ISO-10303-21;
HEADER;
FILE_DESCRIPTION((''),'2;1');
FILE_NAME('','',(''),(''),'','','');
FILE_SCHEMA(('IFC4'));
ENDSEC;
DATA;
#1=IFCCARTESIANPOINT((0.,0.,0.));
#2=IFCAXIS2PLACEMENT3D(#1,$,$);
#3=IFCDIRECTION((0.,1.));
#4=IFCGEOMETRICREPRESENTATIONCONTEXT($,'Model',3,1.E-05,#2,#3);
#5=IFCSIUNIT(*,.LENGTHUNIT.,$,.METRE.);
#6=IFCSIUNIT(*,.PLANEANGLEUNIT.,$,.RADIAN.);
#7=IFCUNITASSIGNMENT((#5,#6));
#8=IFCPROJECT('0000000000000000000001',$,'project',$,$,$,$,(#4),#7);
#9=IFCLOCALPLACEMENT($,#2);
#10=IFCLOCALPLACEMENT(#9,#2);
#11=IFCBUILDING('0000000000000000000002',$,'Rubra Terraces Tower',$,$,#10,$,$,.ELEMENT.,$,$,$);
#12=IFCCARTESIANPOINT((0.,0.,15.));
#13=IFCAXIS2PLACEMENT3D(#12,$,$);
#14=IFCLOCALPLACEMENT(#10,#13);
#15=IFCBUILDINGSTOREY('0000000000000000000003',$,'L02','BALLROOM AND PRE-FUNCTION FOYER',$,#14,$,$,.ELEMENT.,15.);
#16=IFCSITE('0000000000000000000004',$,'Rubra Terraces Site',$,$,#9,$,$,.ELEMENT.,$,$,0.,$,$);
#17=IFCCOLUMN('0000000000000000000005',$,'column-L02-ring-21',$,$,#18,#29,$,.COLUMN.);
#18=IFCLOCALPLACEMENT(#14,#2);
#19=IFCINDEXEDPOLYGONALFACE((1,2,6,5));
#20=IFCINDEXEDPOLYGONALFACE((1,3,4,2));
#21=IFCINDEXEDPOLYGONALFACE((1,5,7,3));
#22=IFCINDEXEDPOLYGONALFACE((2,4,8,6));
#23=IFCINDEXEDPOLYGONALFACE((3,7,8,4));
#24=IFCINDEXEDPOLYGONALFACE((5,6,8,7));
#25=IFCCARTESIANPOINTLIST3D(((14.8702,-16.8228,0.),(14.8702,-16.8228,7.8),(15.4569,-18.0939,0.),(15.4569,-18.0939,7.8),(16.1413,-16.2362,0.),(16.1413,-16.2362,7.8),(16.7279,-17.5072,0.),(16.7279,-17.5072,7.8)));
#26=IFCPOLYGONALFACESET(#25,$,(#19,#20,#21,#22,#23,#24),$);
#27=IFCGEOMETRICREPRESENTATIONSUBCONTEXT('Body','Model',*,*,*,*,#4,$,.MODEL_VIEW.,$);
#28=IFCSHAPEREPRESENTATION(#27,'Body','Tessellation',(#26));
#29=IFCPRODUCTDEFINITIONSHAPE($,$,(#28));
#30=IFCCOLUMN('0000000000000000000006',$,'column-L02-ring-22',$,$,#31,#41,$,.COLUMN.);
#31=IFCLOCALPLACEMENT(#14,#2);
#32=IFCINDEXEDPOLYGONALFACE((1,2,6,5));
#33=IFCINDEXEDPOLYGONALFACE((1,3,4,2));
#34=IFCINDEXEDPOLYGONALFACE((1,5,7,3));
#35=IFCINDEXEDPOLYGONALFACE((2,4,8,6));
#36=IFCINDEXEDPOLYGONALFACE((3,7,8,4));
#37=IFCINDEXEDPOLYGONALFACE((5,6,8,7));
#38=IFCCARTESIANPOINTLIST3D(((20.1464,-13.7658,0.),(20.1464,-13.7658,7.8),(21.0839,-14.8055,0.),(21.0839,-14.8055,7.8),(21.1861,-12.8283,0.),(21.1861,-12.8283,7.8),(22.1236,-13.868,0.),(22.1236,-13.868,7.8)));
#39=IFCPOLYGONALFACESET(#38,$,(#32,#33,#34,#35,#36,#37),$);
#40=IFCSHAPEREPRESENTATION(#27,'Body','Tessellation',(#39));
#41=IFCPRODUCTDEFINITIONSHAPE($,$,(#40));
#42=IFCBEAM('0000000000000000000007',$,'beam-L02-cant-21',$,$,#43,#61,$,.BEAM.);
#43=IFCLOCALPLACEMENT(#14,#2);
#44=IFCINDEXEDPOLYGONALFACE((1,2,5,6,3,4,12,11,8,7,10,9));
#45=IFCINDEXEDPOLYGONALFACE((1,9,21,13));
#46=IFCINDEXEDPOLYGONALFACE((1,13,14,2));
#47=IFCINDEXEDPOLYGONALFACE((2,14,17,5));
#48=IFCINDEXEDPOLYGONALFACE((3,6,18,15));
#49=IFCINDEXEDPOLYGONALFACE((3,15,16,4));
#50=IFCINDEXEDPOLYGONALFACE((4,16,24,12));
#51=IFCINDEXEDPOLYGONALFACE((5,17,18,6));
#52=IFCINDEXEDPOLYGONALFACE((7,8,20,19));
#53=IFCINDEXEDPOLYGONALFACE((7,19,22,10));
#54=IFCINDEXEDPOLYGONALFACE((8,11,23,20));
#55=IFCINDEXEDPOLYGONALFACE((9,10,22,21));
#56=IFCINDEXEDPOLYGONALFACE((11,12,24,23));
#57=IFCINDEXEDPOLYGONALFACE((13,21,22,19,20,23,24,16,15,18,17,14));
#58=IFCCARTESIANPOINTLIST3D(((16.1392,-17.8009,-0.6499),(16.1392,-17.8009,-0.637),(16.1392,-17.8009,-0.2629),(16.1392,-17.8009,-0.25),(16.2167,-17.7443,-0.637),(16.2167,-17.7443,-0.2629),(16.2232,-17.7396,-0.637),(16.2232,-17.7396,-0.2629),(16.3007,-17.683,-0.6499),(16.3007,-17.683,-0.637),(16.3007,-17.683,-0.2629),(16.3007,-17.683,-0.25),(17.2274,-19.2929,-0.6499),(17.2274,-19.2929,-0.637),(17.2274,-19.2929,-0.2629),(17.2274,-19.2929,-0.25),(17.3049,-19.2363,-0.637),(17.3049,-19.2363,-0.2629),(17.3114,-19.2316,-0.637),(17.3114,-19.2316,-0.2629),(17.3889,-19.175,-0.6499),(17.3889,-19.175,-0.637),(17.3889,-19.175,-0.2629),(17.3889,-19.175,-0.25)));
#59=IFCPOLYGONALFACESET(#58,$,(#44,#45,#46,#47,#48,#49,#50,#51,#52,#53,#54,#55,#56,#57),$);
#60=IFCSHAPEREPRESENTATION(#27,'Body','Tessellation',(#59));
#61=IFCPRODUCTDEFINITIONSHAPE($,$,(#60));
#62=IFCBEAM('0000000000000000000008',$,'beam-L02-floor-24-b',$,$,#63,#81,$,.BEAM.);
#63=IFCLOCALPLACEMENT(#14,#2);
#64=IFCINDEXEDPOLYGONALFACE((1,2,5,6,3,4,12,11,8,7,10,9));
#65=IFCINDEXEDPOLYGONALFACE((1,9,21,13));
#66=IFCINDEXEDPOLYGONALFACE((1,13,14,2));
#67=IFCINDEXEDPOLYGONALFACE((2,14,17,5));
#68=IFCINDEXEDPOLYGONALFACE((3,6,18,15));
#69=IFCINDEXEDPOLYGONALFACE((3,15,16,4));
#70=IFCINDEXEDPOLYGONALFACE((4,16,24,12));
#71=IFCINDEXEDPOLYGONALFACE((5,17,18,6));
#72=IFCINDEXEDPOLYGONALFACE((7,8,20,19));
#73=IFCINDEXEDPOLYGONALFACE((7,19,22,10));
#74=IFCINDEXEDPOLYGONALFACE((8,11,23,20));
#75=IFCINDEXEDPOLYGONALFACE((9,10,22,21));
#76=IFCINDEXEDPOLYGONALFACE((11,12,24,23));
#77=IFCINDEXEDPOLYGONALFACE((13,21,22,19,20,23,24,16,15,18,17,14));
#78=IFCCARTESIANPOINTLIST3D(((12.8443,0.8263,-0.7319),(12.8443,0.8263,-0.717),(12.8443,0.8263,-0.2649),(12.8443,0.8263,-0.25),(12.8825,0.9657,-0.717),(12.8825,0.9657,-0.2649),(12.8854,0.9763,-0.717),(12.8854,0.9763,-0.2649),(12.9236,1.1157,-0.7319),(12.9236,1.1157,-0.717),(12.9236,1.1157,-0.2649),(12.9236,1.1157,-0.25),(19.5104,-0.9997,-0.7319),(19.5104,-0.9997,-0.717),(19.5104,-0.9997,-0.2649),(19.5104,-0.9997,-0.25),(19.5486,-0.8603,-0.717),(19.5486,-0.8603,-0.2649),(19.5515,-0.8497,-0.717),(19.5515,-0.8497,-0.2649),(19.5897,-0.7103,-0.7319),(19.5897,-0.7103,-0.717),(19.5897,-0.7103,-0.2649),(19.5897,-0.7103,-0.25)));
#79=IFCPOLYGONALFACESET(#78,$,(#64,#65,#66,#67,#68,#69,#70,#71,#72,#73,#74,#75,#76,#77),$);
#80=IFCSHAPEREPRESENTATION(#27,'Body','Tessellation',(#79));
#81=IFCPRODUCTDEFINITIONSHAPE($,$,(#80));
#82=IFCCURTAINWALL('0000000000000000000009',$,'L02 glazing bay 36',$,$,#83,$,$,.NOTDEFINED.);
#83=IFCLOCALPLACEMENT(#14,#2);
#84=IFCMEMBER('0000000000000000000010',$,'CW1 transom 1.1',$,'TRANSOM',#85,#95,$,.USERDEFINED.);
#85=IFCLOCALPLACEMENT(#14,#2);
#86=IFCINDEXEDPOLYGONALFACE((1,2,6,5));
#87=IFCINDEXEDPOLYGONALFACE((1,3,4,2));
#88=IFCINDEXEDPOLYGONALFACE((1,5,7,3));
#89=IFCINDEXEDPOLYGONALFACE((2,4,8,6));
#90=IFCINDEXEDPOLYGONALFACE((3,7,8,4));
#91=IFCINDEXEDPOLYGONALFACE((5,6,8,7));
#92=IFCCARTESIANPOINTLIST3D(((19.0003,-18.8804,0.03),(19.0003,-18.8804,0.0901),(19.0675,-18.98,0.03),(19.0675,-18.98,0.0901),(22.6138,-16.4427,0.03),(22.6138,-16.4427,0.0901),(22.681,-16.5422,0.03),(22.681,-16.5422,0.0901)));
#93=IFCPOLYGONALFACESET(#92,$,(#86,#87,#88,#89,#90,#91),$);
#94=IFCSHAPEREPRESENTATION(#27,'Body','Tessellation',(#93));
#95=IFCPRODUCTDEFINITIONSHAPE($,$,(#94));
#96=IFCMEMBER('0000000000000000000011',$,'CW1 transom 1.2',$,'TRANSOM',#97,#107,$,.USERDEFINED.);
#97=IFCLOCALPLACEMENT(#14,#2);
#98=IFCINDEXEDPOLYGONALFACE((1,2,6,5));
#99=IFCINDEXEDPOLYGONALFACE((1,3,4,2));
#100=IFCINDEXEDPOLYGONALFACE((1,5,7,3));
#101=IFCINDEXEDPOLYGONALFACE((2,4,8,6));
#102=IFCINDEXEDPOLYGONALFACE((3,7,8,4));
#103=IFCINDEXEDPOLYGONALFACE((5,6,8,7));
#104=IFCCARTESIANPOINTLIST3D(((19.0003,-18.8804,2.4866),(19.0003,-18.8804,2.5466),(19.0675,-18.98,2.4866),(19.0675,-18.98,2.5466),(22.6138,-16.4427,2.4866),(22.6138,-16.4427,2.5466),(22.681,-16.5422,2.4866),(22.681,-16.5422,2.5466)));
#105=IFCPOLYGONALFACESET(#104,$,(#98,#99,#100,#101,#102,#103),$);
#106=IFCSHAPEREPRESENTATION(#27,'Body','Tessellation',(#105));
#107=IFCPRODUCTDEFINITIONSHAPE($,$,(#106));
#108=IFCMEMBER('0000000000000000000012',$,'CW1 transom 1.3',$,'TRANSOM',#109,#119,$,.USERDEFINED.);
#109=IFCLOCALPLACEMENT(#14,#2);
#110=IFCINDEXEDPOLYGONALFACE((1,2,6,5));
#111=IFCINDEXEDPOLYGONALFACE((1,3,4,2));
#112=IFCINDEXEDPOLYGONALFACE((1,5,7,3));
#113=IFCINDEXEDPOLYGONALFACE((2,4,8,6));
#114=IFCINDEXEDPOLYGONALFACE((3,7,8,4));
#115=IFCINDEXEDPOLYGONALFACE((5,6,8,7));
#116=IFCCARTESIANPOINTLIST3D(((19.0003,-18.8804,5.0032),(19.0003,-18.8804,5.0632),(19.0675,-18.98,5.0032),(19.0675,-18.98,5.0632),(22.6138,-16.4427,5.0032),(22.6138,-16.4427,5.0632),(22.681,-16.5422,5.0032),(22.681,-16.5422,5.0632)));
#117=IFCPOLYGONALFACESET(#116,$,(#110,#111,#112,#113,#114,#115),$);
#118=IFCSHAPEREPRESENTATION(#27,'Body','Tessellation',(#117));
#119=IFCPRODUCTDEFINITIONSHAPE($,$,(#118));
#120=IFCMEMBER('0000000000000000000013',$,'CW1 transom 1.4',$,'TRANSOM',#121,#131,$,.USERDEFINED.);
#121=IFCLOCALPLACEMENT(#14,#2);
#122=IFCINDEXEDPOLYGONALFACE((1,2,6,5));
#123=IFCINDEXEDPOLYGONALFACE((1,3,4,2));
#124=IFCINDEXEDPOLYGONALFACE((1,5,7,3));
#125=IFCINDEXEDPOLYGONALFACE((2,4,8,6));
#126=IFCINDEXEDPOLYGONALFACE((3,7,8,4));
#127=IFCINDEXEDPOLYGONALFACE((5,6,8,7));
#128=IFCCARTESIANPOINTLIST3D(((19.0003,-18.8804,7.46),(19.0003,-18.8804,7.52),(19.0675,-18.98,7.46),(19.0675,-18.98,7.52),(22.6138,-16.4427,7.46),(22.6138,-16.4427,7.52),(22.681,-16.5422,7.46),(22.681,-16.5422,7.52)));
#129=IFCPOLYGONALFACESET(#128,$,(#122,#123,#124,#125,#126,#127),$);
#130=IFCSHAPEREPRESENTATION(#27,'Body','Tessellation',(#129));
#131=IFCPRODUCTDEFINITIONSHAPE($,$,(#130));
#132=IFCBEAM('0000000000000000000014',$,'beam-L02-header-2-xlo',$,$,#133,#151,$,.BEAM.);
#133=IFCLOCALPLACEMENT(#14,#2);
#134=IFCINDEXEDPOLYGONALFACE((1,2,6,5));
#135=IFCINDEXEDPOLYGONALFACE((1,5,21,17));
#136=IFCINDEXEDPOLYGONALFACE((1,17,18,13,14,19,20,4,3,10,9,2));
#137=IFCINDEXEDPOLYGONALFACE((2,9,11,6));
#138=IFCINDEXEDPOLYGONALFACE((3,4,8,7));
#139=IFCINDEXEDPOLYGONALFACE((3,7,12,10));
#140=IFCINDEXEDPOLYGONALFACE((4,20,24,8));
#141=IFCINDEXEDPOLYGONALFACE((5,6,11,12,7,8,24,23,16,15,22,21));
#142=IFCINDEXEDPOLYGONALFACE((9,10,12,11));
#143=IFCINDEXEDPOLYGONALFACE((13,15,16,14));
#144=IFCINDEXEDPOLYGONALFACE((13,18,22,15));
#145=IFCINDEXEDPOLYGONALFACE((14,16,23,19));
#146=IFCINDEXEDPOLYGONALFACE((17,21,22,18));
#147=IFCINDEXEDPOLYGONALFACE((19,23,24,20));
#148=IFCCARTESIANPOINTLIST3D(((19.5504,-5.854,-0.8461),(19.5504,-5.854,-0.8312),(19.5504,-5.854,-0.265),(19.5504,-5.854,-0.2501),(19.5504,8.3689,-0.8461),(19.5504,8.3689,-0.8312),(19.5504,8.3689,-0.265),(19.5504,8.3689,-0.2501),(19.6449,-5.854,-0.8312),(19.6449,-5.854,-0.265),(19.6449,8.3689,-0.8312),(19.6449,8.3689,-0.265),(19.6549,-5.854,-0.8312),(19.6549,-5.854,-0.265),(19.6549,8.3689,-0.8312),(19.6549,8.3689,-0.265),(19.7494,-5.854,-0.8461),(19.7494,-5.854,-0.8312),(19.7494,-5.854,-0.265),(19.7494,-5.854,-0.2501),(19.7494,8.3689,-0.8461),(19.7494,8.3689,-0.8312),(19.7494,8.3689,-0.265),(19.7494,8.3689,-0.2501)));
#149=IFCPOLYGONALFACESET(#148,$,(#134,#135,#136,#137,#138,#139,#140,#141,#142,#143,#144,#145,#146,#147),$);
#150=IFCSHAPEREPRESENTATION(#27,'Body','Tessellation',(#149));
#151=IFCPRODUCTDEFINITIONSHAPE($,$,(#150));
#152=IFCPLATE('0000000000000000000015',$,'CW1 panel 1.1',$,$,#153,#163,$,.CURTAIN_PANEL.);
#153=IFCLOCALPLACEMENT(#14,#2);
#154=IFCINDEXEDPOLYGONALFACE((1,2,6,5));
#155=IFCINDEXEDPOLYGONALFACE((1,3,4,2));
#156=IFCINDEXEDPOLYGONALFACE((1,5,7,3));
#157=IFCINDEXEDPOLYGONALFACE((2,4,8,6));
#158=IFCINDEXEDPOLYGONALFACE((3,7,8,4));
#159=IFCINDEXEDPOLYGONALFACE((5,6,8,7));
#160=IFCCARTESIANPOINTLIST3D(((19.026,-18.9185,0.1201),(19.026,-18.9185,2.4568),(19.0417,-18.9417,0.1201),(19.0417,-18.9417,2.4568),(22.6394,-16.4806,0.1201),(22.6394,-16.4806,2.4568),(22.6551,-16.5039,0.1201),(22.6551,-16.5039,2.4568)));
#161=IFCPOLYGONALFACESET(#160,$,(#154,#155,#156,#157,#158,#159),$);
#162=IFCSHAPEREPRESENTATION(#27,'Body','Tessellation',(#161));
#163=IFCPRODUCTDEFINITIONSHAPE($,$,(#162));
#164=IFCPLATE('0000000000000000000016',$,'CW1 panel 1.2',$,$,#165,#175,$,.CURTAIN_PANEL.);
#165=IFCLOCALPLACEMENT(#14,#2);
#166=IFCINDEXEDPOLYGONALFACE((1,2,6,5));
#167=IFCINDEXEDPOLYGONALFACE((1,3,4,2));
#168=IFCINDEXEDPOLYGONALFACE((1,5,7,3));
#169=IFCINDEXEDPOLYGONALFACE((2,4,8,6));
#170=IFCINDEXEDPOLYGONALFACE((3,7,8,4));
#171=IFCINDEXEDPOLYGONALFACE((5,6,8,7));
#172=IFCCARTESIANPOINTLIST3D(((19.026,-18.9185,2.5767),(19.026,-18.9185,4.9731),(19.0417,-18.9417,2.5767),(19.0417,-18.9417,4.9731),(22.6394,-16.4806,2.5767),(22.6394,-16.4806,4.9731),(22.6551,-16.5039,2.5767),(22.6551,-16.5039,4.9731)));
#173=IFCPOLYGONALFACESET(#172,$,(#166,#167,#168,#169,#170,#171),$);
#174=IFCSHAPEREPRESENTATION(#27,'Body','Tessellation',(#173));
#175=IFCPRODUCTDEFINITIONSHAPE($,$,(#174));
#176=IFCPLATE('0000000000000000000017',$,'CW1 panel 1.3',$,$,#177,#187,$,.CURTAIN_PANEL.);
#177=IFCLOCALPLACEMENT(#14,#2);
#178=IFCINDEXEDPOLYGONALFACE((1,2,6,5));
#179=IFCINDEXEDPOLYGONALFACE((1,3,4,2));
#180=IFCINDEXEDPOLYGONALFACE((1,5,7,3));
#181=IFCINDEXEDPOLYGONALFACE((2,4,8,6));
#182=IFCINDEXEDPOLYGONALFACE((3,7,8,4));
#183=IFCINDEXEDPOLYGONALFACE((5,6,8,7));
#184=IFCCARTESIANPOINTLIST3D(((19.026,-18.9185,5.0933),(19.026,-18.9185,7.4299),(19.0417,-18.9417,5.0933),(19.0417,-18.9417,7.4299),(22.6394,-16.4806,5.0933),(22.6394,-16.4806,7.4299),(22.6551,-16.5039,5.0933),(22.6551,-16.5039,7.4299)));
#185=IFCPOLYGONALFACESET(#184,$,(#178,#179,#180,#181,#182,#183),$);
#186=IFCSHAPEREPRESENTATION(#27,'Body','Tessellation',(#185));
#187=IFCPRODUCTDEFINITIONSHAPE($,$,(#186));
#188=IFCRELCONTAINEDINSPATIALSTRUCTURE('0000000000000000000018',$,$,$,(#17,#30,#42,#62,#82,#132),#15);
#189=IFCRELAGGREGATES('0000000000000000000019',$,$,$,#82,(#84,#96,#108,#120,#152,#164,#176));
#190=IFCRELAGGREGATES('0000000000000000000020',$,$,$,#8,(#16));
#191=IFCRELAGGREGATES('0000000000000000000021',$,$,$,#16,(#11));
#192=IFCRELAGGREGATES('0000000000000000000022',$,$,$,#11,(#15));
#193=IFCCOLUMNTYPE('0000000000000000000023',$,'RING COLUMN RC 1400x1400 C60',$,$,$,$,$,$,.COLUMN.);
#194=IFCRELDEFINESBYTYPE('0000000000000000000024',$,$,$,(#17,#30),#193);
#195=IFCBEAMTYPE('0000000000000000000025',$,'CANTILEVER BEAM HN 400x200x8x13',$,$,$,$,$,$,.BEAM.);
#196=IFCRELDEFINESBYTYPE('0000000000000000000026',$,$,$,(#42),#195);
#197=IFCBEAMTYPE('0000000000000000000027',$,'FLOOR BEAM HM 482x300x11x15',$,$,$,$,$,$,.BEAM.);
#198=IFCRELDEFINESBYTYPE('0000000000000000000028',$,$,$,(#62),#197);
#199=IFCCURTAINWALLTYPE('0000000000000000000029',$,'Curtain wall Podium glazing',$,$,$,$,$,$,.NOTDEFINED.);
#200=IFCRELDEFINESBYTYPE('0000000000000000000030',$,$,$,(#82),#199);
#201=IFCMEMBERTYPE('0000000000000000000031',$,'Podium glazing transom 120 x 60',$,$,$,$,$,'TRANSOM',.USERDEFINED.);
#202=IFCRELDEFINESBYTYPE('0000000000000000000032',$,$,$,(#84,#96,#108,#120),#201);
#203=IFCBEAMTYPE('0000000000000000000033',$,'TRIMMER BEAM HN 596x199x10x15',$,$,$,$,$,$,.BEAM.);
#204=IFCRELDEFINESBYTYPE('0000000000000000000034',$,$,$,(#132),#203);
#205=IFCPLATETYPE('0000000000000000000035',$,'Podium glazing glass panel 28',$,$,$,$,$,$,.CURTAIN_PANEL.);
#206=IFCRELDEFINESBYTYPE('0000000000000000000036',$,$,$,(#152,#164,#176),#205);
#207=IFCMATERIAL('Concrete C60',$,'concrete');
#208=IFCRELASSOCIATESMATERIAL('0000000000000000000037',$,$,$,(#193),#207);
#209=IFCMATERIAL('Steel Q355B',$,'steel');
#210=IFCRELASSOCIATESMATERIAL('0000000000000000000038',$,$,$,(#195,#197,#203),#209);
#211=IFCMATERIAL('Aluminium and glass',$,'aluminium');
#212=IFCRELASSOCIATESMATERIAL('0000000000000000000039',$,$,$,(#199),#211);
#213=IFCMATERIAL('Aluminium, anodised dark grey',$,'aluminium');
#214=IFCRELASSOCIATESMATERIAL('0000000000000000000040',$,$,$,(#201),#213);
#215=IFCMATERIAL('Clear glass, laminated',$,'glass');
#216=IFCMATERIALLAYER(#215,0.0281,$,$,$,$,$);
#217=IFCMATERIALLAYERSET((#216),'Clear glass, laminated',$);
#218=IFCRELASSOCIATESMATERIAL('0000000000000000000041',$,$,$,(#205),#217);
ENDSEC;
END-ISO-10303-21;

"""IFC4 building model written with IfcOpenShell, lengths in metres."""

from ifc_helpers import new_model, si_unit, direction, frame, origin, origin_2d, place, context, subcontext, project, spatial, rectangle, i_section, extrude, material, layer, layer_set, material_profile, profile_set, type_object, element, aggregate, save


model = new_model("IFC4")

# Units and contexts
model_context = context("Model", 3, precision=1e-05, world=origin(), true_north=direction((0.0, 1.0)))
body_context = subcontext(model_context, "Body", "Model", "MODEL_VIEW")
ifc_project = project(units=[si_unit("LENGTHUNIT", "METRE"), si_unit("PLANEANGLEUNIT", "RADIAN")], contexts=[model_context])

# Site, building, storey
site_placement = place(None, origin())
site = spatial("IfcSite", under=ifc_project, at=site_placement, Name="Rubra Terraces Site", CompositionType="ELEMENT", RefElevation=0.0)
building_placement = place(site_placement, origin())
building = spatial("IfcBuilding", under=site, at=building_placement, Name="Rubra Terraces Tower", CompositionType="ELEMENT")
storey_placement = place(building_placement, frame((0.0, 0.0, 15.0)))
storey = spatial("IfcBuildingStorey", under=building, at=storey_placement, Name="L02", Description="BALLROOM AND PRE-FUNCTION FOYER", CompositionType="ELEMENT", Elevation=15.0)

# Columns
ifc_material_1 = material(Name="Concrete C60", Category="concrete")
ifc_material_profile_1 = material_profile(ifc_material_1, rectangle(XDim=1.3999, YDim=1.3999, at=origin_2d()), Name="RC 1400x1400")
ifc_profile_set_1 = profile_set([ifc_material_profile_1], Name="Concrete C60")
column_type = type_object("IfcColumnType", Name="RING COLUMN RC 1400x1400 C60", PredefinedType="COLUMN", material=ifc_profile_set_1)
for number, where, z_axis, x_axis, name in (
    (1, (15.7991, -17.165, 0.0), (0.0, 0.0, 1.0), (0.907952, 0.419073, 0.0), "column-L02-ring-21"),
    (2, (21.135, -13.8169, 0.0), (0.0, 0.0, 1.0), (0.742676, 0.669651, 0.0), "column-L02-ring-22"),
):
    element("IfcColumn", number, at=place(storey_placement, frame(where, z_axis=z_axis, x_axis=x_axis)), inside=storey, type_object=column_type, Name=name, PredefinedType="COLUMN", context=body_context, shape_type="SweptSolid", body=[
        extrude(rectangle(XDim=1.3999, YDim=1.3999, at=origin_2d()), origin(), (0.0, 0.0, 1.0), 7.8),
    ])

# Beams
ifc_material_2 = material(Name="Steel Q355B", Category="steel")
ifc_material_profile_2 = material_profile(ifc_material_2, i_section(OverallWidth=0.2, OverallDepth=0.3999, WebThickness=0.0081, FlangeThickness=0.0129, at=origin_2d()), Name="HN 400x200x8x13")
ifc_profile_set_2 = profile_set([ifc_material_profile_2], Name="Steel Q355B")
beam_type_1 = type_object("IfcBeamType", Name="CANTILEVER BEAM HN 400x200x8x13", PredefinedType="BEAM", material=ifc_profile_set_2)
beam_1_placement = place(storey_placement, frame((16.22, -17.7419, -0.45), z_axis=(0.589264, -0.807941, 0.0), x_axis=(0.807941, 0.589264, 0.0)))
element("IfcBeam", 3, at=beam_1_placement, inside=storey, type_object=beam_type_1, Name="beam-L02-cant-21", PredefinedType="BEAM", context=body_context, shape_type="SweptSolid", body=[
    extrude(i_section(OverallWidth=0.2, OverallDepth=0.3999, WebThickness=0.0081, FlangeThickness=0.0129, at=origin_2d()), origin(), (0.0, 0.0, 1.0), 1.8467),
])
ifc_material_profile_3 = material_profile(ifc_material_2, i_section(OverallWidth=0.3, OverallDepth=0.4819, WebThickness=0.011, FlangeThickness=0.0149, at=origin_2d()), Name="HM 482x300x11x15")
ifc_profile_set_3 = profile_set([ifc_material_profile_3], Name="Steel Q355B")
beam_type_2 = type_object("IfcBeamType", Name="FLOOR BEAM HM 482x300x11x15", PredefinedType="BEAM", material=ifc_profile_set_3)
beam_2_placement = place(storey_placement, frame((19.55, -0.855, -0.491), z_axis=(-0.964472, 0.264184, 0.0), x_axis=(-0.264184, -0.964472, 0.0)))
element("IfcBeam", 4, at=beam_2_placement, inside=storey, type_object=beam_type_2, Name="beam-L02-floor-24-b", PredefinedType="BEAM", context=body_context, shape_type="SweptSolid", body=[
    extrude(i_section(OverallWidth=0.3, OverallDepth=0.4819, WebThickness=0.011, FlangeThickness=0.0149, at=origin_2d()), origin(), (0.0, 0.0, 1.0), 6.9116),
])

# Curtain wall, members
ifc_material_3 = material(Name="Aluminium and glass", Category="aluminium")
curtain_wall_type = type_object("IfcCurtainWallType", Name="Curtain wall Podium glazing", PredefinedType="NOTDEFINED", material=ifc_material_3)
curtain_wall_placement = place(storey_placement, origin())
curtain_wall = element("IfcCurtainWall", 5, at=curtain_wall_placement, inside=storey, type_object=curtain_wall_type, Name="L02 glazing bay 36", PredefinedType="NOTDEFINED")
ifc_material_4 = material(Name="Aluminium, anodised dark grey", Category="aluminium")
ifc_material_profile_4 = material_profile(ifc_material_4, rectangle(XDim=0.1201, YDim=0.0601, at=origin_2d()), Name="AL 120x60")
ifc_profile_set_4 = profile_set([ifc_material_profile_4], Name="Aluminium, anodised dark grey")
member_type = type_object("IfcMemberType", Name="Podium glazing transom 120 x 60", ElementType="TRANSOM", PredefinedType="USERDEFINED", material=ifc_profile_set_4)
member_1_placement = place(storey_placement, frame((19.0339, -18.9302, 0.0601), z_axis=(0.828996, 0.559254, 0.0), x_axis=(-0.559254, 0.828996, 0.0)))
member_1 = element("IfcMember", 6, at=member_1_placement, type_object=member_type, Name="CW1 transom 1.1", ObjectType="TRANSOM", PredefinedType="USERDEFINED", context=body_context, shape_type="SweptSolid", body=[
    extrude(rectangle(XDim=0.1201, YDim=0.0601, at=origin_2d()), origin(), (0.0, 0.0, 1.0), 4.3589),
])
member_2_placement = place(storey_placement, frame((19.0339, -18.9302, 2.5166), z_axis=(0.828996, 0.559254, 0.0), x_axis=(-0.559254, 0.828996, 0.0)))
member_2 = element("IfcMember", 7, at=member_2_placement, type_object=member_type, Name="CW1 transom 1.2", ObjectType="TRANSOM", PredefinedType="USERDEFINED", context=body_context, shape_type="SweptSolid", body=[
    extrude(rectangle(XDim=0.1201, YDim=0.0601, at=origin_2d()), origin(), (0.0, 0.0, 1.0), 4.3589),
])
member_3_placement = place(storey_placement, frame((19.0339, -18.9302, 5.0332), z_axis=(0.828996, 0.559254, 0.0), x_axis=(-0.559254, 0.828996, 0.0)))
member_3 = element("IfcMember", 8, at=member_3_placement, type_object=member_type, Name="CW1 transom 1.3", ObjectType="TRANSOM", PredefinedType="USERDEFINED", context=body_context, shape_type="SweptSolid", body=[
    extrude(rectangle(XDim=0.1201, YDim=0.0601, at=origin_2d()), origin(), (0.0, 0.0, 1.0), 4.3589),
])
member_4_placement = place(storey_placement, frame((19.0339, -18.9302, 7.49), z_axis=(0.828996, 0.559254, 0.0), x_axis=(-0.559254, 0.828996, 0.0)))
member_4 = element("IfcMember", 9, at=member_4_placement, type_object=member_type, Name="CW1 transom 1.4", ObjectType="TRANSOM", PredefinedType="USERDEFINED", context=body_context, shape_type="SweptSolid", body=[
    extrude(rectangle(XDim=0.1201, YDim=0.0601, at=origin_2d()), origin(), (0.0, 0.0, 1.0), 4.3589),
])

# Beam
ifc_material_profile_5 = material_profile(ifc_material_2, i_section(OverallWidth=0.199, OverallDepth=0.5959, WebThickness=0.01, FlangeThickness=0.0149, at=origin_2d()), Name="HN 596x199x10x15")
ifc_profile_set_5 = profile_set([ifc_material_profile_5], Name="Steel Q355B")
beam_type_3 = type_object("IfcBeamType", Name="TRIMMER BEAM HN 596x199x10x15", PredefinedType="BEAM", material=ifc_profile_set_5)
beam_3_placement = place(storey_placement, frame((19.6499, -5.854, -0.5481), z_axis=(0.0, 1.0, 0.0), x_axis=(-1.0, 0.0, 0.0)))
element("IfcBeam", 10, at=beam_3_placement, inside=storey, type_object=beam_type_3, Name="beam-L02-header-2-xlo", PredefinedType="BEAM", context=body_context, shape_type="SweptSolid", body=[
    extrude(i_section(OverallWidth=0.199, OverallDepth=0.5959, WebThickness=0.01, FlangeThickness=0.0149, at=origin_2d()), origin(), (0.0, 0.0, 1.0), 14.2229),
])

# Plates
ifc_material_5 = material(Name="Clear glass, laminated", Category="glass")
ifc_layer_1 = layer(ifc_material_5, 0.0281)
ifc_layer_set_1 = layer_set([ifc_layer_1], Name="Clear glass, laminated")
plate_type = type_object("IfcPlateType", Name="Podium glazing glass panel 28", PredefinedType="CURTAIN_PANEL", material=ifc_layer_set_1)
plate_1_placement = place(storey_placement, frame((20.8406, -17.7112, 0.1201), z_axis=(0.0, 0.0, 1.0), x_axis=(0.828981, 0.559277, 0.0)))
plate_1 = element("IfcPlate", 11, at=plate_1_placement, type_object=plate_type, Name="CW1 panel 1.1", PredefinedType="CURTAIN_PANEL", context=body_context, shape_type="SweptSolid", body=[
    extrude(rectangle(XDim=4.3589, YDim=0.0281, at=origin_2d()), origin(), (0.0, 0.0, 1.0), 2.3367),
])
plate_2_placement = place(storey_placement, frame((20.8406, -17.7112, 2.5767), z_axis=(0.0, 0.0, 1.0), x_axis=(0.828981, 0.559277, 0.0)))
plate_2 = element("IfcPlate", 12, at=plate_2_placement, type_object=plate_type, Name="CW1 panel 1.2", PredefinedType="CURTAIN_PANEL", context=body_context, shape_type="SweptSolid", body=[
    extrude(rectangle(XDim=4.3589, YDim=0.0281, at=origin_2d()), origin(), (0.0, 0.0, 1.0), 2.3965),
])
plate_3_placement = place(storey_placement, frame((20.8406, -17.7112, 5.0933), z_axis=(0.0, 0.0, 1.0), x_axis=(0.828981, 0.559277, 0.0)))
plate_3 = element("IfcPlate", 13, at=plate_3_placement, type_object=plate_type, Name="CW1 panel 1.3", PredefinedType="CURTAIN_PANEL", context=body_context, shape_type="SweptSolid", body=[
    extrude(rectangle(XDim=4.3589, YDim=0.0281, at=origin_2d()), origin(), (0.0, 0.0, 1.0), 2.3367),
])
aggregate(curtain_wall, [member_1, member_2, member_3, member_4, plate_1, plate_2, plate_3])

save(model, "model.ifc")
